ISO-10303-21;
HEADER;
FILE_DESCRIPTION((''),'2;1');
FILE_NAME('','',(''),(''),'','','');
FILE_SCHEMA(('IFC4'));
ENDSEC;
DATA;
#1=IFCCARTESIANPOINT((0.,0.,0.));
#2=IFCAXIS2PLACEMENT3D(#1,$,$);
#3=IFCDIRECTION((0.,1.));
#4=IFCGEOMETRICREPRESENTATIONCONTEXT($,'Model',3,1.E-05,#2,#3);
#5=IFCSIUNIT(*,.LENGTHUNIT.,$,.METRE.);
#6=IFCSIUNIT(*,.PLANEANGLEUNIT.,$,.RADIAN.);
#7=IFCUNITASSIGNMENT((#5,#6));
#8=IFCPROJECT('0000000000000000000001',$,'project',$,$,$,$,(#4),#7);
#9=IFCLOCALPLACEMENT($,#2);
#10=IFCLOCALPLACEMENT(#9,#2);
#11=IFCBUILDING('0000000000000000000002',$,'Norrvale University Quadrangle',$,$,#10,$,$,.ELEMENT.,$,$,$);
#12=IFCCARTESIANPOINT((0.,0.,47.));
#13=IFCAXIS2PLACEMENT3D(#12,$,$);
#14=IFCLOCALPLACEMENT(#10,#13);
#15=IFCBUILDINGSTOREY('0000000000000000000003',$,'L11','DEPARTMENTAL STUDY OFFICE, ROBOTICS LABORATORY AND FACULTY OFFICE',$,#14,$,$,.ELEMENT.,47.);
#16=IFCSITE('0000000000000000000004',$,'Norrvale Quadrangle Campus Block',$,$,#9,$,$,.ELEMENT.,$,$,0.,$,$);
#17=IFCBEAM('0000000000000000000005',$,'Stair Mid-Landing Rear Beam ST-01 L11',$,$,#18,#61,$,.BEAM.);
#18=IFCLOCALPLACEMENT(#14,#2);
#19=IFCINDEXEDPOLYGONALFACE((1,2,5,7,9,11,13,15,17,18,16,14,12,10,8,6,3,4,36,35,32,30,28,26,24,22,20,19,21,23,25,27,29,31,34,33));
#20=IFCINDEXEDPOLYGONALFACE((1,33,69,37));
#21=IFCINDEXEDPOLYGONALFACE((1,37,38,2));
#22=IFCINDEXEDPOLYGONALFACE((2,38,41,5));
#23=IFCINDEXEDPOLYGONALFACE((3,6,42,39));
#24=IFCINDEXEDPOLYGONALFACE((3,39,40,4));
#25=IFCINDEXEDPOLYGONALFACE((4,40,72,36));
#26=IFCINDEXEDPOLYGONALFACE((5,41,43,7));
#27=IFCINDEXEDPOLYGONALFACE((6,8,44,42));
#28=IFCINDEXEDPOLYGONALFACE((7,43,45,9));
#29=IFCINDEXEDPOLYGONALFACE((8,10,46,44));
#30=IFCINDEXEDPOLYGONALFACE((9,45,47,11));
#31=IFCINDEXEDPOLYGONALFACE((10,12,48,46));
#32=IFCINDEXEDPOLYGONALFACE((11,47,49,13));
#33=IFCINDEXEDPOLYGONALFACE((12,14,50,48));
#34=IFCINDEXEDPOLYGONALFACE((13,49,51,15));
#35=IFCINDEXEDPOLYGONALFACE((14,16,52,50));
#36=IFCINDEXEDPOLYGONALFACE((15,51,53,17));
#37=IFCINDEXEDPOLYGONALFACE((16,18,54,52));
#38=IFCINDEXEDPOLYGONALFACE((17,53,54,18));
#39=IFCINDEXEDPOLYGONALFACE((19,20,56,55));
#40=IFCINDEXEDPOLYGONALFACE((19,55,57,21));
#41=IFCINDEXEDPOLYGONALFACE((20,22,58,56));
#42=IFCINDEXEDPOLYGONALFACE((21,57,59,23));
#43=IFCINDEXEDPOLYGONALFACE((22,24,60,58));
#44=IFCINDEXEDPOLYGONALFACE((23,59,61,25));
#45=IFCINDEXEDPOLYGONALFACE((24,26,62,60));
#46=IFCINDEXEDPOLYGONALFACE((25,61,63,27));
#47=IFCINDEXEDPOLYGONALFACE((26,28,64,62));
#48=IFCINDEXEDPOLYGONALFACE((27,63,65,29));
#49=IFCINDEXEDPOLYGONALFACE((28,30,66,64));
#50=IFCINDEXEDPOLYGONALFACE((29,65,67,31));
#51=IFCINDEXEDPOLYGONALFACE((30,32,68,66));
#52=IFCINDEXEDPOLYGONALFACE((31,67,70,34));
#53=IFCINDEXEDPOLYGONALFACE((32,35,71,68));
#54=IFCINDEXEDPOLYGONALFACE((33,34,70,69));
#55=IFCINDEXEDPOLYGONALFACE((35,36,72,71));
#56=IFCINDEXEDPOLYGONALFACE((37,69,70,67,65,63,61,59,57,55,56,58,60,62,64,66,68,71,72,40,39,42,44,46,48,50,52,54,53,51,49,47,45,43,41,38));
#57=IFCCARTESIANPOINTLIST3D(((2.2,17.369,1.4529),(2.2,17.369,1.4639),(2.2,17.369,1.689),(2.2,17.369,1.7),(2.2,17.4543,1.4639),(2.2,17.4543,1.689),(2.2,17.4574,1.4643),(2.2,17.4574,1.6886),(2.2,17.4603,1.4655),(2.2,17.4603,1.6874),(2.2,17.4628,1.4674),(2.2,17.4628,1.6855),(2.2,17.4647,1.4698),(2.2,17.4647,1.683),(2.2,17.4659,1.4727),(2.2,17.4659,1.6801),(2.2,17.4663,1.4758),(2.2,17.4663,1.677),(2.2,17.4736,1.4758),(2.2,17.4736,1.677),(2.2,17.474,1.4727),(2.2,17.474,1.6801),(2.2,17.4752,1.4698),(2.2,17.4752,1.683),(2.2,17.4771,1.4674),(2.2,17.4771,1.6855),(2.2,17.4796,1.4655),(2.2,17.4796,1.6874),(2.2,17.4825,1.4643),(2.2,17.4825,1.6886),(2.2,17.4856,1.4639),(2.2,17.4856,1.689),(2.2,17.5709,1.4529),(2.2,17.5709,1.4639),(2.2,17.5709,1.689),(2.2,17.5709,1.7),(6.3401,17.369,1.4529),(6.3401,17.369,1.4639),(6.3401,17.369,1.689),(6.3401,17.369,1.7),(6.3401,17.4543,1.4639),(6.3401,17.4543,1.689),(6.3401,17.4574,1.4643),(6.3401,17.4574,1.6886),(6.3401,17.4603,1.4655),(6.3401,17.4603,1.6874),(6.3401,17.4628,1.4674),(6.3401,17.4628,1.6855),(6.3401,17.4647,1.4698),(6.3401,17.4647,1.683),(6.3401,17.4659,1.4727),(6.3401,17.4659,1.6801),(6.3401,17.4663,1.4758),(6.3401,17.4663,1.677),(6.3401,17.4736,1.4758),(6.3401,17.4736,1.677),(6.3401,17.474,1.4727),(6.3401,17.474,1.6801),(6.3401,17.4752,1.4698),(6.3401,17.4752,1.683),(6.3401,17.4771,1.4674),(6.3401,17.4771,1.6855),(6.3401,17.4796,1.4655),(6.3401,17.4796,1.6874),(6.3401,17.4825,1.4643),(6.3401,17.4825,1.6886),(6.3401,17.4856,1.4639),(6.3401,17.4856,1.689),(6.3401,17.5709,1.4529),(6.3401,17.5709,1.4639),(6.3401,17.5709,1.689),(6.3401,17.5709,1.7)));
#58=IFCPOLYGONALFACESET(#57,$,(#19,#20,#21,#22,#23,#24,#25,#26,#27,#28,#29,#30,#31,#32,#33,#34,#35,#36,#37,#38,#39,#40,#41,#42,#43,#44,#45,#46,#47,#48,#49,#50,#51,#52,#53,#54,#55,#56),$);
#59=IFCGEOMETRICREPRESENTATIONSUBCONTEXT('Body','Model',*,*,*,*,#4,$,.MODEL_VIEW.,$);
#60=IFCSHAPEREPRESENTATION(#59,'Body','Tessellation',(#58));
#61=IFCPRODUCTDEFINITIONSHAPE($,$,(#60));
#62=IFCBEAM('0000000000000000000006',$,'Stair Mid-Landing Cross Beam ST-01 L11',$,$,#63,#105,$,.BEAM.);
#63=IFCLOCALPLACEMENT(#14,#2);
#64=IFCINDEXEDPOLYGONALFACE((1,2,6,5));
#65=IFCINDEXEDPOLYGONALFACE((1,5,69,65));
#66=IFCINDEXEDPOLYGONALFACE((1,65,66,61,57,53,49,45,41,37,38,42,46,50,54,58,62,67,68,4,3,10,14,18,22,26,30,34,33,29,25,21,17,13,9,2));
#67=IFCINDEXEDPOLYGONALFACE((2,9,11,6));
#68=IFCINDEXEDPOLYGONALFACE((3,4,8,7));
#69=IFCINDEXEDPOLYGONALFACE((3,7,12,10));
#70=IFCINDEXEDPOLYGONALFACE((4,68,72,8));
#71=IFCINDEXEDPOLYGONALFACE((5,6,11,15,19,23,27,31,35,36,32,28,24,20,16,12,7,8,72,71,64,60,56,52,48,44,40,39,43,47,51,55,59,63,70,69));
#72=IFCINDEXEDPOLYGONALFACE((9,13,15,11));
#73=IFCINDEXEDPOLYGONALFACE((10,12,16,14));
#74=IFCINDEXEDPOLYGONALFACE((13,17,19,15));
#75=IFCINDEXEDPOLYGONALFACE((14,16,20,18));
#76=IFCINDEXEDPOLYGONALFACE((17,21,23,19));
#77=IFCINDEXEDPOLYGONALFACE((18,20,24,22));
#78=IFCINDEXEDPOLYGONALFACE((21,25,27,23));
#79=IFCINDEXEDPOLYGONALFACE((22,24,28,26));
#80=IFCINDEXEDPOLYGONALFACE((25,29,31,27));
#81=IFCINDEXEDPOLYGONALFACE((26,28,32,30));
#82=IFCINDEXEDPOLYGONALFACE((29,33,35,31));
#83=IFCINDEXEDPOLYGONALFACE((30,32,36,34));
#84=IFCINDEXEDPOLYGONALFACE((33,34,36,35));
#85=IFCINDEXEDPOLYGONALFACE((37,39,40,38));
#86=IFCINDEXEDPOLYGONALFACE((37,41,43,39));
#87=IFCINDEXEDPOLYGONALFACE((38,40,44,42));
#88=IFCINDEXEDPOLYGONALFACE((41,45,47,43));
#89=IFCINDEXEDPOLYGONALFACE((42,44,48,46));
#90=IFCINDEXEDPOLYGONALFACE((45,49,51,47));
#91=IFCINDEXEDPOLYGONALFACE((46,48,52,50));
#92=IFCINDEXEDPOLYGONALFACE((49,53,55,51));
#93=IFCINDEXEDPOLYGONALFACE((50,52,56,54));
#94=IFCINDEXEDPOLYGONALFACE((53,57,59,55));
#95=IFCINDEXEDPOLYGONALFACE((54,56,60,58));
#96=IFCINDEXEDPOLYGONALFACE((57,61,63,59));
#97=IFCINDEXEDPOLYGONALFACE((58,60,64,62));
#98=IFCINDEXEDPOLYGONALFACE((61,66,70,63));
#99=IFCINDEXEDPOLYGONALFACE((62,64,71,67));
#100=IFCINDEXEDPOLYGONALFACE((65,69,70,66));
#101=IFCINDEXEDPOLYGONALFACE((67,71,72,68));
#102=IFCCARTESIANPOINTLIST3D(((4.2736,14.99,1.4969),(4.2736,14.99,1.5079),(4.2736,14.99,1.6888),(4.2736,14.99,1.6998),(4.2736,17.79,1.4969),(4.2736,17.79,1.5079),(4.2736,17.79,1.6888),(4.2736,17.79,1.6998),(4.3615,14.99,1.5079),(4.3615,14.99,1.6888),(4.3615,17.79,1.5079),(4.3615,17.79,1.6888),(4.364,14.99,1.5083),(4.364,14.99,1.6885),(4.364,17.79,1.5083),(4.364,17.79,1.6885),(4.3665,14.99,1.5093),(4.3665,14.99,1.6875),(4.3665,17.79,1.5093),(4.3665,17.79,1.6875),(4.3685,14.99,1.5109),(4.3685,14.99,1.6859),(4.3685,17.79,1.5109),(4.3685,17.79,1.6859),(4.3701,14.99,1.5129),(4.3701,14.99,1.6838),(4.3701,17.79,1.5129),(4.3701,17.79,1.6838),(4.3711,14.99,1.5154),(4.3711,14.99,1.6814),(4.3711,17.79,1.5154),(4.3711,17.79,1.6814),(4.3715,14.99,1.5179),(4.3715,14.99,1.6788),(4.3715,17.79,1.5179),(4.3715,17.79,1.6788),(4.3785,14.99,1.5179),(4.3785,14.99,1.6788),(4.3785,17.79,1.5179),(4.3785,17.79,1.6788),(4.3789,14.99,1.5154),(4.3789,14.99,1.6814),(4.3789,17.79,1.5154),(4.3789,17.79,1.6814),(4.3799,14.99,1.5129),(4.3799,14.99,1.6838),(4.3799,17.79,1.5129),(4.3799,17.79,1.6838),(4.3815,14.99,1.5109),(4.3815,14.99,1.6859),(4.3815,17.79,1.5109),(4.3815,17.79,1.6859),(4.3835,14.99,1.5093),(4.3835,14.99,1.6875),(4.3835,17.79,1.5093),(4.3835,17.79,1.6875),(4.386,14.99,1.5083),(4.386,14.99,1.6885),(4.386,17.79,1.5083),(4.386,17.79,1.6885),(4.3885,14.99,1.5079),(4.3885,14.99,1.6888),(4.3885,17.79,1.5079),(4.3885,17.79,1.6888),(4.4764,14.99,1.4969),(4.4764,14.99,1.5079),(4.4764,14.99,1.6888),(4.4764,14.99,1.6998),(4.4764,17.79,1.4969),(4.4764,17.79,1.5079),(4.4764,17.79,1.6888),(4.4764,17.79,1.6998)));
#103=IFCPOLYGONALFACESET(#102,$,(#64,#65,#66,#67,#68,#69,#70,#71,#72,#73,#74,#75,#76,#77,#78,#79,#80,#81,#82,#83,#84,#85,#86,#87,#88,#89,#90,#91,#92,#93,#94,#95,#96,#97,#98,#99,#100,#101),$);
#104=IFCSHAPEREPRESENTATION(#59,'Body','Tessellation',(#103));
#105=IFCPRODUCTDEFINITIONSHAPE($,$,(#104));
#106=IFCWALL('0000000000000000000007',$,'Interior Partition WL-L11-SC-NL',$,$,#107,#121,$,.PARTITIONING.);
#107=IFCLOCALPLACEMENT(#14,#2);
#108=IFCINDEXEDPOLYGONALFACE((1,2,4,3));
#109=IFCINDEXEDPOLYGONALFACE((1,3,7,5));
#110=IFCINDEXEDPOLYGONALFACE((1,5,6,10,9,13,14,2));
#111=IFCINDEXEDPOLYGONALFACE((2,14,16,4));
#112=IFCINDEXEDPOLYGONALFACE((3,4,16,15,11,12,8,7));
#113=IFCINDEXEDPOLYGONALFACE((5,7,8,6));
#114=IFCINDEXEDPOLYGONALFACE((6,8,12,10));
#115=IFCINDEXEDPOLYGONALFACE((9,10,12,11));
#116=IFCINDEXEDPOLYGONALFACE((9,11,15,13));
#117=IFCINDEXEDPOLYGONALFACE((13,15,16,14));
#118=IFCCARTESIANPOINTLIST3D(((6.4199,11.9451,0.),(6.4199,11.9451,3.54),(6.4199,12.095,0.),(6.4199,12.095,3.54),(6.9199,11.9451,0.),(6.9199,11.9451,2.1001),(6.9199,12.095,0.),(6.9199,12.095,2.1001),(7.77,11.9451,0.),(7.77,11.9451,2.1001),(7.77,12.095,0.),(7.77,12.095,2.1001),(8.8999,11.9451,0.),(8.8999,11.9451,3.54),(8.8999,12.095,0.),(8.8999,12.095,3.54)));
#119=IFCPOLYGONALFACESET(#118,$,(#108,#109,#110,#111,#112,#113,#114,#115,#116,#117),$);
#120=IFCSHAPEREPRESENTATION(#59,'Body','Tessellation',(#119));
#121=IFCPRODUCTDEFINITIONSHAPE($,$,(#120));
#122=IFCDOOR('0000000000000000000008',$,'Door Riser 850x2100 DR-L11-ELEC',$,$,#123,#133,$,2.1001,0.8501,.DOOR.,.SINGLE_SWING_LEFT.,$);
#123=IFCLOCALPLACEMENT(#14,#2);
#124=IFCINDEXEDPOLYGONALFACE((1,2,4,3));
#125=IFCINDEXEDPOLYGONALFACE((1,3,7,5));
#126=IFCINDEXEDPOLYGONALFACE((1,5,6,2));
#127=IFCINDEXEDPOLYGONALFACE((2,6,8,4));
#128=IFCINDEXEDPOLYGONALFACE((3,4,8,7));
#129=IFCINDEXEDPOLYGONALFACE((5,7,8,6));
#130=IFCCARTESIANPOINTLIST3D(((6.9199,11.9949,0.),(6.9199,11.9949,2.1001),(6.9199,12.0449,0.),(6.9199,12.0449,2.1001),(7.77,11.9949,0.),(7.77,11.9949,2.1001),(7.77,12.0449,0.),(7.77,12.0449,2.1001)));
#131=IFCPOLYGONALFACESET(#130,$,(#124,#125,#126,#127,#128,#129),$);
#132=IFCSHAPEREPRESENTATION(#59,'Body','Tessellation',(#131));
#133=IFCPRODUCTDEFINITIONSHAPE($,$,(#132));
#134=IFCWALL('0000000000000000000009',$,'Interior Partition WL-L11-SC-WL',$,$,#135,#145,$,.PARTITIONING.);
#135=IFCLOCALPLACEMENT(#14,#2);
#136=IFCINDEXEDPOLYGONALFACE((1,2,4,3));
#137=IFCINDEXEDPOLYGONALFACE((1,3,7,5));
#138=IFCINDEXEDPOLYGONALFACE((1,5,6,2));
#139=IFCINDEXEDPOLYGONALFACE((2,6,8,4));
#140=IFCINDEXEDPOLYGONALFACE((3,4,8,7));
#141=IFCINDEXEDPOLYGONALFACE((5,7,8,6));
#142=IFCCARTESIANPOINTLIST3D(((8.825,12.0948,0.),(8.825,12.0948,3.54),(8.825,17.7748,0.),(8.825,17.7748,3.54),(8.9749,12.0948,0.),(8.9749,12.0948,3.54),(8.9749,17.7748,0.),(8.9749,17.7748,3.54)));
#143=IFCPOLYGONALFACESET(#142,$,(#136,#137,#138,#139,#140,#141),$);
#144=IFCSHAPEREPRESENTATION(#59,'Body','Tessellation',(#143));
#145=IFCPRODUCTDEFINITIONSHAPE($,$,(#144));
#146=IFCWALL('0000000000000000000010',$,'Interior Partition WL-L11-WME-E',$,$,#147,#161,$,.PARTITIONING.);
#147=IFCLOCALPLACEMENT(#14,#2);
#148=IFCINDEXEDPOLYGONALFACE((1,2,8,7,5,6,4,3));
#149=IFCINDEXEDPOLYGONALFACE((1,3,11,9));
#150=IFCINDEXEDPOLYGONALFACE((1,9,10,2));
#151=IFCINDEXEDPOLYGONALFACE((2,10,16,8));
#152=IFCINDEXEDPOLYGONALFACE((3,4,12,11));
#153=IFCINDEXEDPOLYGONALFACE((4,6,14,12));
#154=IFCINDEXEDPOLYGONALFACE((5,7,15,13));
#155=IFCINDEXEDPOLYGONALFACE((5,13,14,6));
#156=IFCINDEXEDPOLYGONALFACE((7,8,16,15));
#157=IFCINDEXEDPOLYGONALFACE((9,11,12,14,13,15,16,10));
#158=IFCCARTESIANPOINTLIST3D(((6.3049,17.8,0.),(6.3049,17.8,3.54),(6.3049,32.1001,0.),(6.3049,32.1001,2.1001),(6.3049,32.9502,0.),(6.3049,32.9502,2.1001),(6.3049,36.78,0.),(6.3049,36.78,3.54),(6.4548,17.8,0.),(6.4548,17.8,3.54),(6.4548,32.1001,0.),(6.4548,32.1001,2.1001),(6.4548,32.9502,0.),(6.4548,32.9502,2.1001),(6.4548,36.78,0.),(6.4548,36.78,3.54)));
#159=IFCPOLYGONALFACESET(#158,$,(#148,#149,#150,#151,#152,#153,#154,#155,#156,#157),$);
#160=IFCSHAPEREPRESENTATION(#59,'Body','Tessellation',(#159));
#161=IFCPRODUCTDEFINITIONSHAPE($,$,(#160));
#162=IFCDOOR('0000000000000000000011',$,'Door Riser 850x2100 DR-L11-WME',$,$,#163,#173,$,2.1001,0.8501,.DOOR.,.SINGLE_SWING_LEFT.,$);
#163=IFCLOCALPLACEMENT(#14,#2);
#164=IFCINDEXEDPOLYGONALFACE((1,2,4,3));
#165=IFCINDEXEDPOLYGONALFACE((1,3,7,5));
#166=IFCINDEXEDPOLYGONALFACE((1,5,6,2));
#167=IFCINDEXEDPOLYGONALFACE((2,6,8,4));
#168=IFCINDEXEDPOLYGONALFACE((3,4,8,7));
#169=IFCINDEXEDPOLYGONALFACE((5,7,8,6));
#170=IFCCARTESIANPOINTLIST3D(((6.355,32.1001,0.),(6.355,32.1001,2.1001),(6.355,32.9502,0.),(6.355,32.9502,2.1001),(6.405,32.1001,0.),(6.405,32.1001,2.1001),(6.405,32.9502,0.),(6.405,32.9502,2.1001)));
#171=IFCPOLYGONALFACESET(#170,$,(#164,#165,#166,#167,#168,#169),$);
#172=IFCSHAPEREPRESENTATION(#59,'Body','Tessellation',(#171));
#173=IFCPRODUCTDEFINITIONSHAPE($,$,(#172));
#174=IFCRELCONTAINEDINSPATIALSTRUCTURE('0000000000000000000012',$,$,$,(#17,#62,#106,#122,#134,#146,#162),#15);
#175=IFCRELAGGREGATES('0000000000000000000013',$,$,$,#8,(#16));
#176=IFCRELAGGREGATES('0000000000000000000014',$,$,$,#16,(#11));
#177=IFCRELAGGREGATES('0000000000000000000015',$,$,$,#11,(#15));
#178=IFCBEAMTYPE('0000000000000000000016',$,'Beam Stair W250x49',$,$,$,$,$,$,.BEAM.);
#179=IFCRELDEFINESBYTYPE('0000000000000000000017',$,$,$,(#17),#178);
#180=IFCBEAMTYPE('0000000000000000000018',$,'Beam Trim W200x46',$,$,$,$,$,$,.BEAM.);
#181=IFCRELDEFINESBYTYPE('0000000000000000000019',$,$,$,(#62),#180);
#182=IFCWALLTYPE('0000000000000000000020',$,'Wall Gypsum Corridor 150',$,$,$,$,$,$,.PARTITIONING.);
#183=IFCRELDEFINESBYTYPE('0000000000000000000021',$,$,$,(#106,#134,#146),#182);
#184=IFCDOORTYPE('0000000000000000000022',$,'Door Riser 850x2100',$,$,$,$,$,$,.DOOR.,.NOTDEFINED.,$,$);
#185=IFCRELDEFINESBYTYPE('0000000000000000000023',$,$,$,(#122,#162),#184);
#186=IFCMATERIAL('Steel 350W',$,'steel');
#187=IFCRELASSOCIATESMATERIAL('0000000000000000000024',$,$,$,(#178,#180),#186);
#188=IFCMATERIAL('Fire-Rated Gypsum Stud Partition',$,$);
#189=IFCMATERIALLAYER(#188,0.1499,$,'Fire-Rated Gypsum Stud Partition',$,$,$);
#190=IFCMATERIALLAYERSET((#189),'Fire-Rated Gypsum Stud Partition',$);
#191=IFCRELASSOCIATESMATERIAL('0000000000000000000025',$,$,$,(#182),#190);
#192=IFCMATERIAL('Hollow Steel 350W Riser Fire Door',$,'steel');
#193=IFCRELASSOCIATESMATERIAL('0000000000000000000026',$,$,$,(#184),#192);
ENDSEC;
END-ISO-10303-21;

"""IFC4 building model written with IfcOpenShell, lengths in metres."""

from ifc_helpers import new_model, si_unit, direction, frame, frame_2d, origin, origin_2d, place, context, subcontext, project, spatial, rectangle, i_section, extrude, material, layer, layer_set, material_profile, profile_set, type_object, element, fill, save


model = new_model("IFC4")

# Units and contexts
model_context = context("Model", 3, precision=1e-05, world=origin(), true_north=direction((0.0, 1.0)))
body_context = subcontext(model_context, "Body", "Model", "MODEL_VIEW")
ifc_project = project(units=[si_unit("LENGTHUNIT", "METRE"), si_unit("PLANEANGLEUNIT", "RADIAN")], contexts=[model_context])

# Site, building, storey
site_placement = place(None, origin())
site = spatial("IfcSite", under=ifc_project, at=site_placement, Name="Norrvale Quadrangle Campus Block", CompositionType="ELEMENT", RefElevation=0.0)
building_placement = place(site_placement, origin())
building = spatial("IfcBuilding", under=site, at=building_placement, Name="Norrvale University Quadrangle", CompositionType="ELEMENT")
storey_placement = place(building_placement, frame((0.0, 0.0, 47.0)))
storey = spatial("IfcBuildingStorey", under=building, at=storey_placement, Name="L11", Description="DEPARTMENTAL STUDY OFFICE, ROBOTICS LABORATORY AND FACULTY OFFICE", CompositionType="ELEMENT", Elevation=47.0)

# Beams
ifc_material_1 = material(Name="Steel 350W", Category="steel")
ifc_material_profile_1 = material_profile(ifc_material_1, i_section(OverallWidth=0.2019, OverallDepth=0.2471, WebThickness=0.0073, FlangeThickness=0.011, FilletRadius=0.012, at=origin_2d()), Name="Steel 350W")
ifc_profile_set_1 = profile_set([ifc_material_profile_1], Name="Steel 350W")
beam_type_1 = type_object("IfcBeamType", Name="Beam Stair W250x49", PredefinedType="BEAM", material=ifc_profile_set_1)
for number, where, z_axis, x_axis, name in (
    (1, (2.2, 17.47, 1.5764), (1.0, 0.0, 0.0), (0.0, 1.0, 0.0), "Stair Mid-Landing Rear Beam ST-01 L11"),
):
    element("IfcBeam", number, at=place(storey_placement, frame(where, z_axis=z_axis, x_axis=x_axis)), inside=storey, type_object=beam_type_1, Name=name, PredefinedType="BEAM", context=body_context, shape_type="SweptSolid", body=[
        extrude(i_section(OverallWidth=0.2019, OverallDepth=0.2471, WebThickness=0.0073, FlangeThickness=0.011, FilletRadius=0.012, at=origin_2d()), origin(), (0.0, 0.0, 1.0), 4.1401),
    ])
ifc_material_profile_2 = material_profile(ifc_material_1, i_section(OverallWidth=0.2029, OverallDepth=0.2029, WebThickness=0.0071, FlangeThickness=0.011, FilletRadius=0.01, at=origin_2d()), Name="Steel 350W")
ifc_profile_set_2 = profile_set([ifc_material_profile_2], Name="Steel 350W")
beam_type_2 = type_object("IfcBeamType", Name="Beam Trim W200x46", PredefinedType="BEAM", material=ifc_profile_set_2)
beam_1_placement = place(storey_placement, frame((4.375, 14.99, 1.5984), z_axis=(0.0, 1.0, 0.0), x_axis=(-1.0, 0.0, 0.0)))
element("IfcBeam", 2, at=beam_1_placement, inside=storey, type_object=beam_type_2, Name="Stair Mid-Landing Cross Beam ST-01 L11", PredefinedType="BEAM", context=body_context, shape_type="SweptSolid", body=[
    extrude(i_section(OverallWidth=0.2029, OverallDepth=0.2029, WebThickness=0.0071, FlangeThickness=0.011, FilletRadius=0.01, at=origin_2d()), origin(), (0.0, 0.0, 1.0), 2.8),
])

# Wall, opening, door
ifc_material_2 = material(Name="Fire-Rated Gypsum Stud Partition")
ifc_layer_1 = layer(ifc_material_2, 0.1499, Name="Fire-Rated Gypsum Stud Partition")
ifc_layer_set_1 = layer_set([ifc_layer_1], Name="Fire-Rated Gypsum Stud Partition")
wall_type_1 = type_object("IfcWallType", Name="Wall Gypsum Corridor 150", PredefinedType="PARTITIONING", material=ifc_layer_set_1)
wall_1_placement = place(storey_placement, frame((6.4199, 12.02, 0.0), z_axis=(0.0, 0.0, 1.0), x_axis=(1.0, 0.0, 0.0)))
wall_1 = element("IfcWall", 3, at=wall_1_placement, inside=storey, type_object=wall_type_1, Name="Interior Partition WL-L11-SC-NL", PredefinedType="PARTITIONING", context=body_context, shape_type="SweptSolid", body=[
    extrude(rectangle(XDim=2.48, YDim=0.1499, at=frame_2d((1.24, 0.0))), origin(), (0.0, 0.0, 1.0), 3.54),
])
opening_1_placement = place(wall_1_placement, frame((0.5, 0.0, 0.0)))
opening_1 = element("IfcOpeningElement", 4, at=opening_1_placement, cuts=wall_1, PredefinedType="OPENING", context=body_context, shape_type="SweptSolid", body=[
    extrude(rectangle(XDim=0.8501, YDim=2.1001, at=frame_2d((0.425, 1.05))), frame((0.0, 0.0869, 0.0), z_axis=(0.0, -1.0, 0.0), x_axis=(1.0, 0.0, 0.0)), (0.0, 0.0, 1.0), 0.1738),
])
ifc_material_3 = material(Name="Hollow Steel 350W Riser Fire Door", Category="steel")
door_type = type_object("IfcDoorType", Name="Door Riser 850x2100", OperationType="NOTDEFINED", PredefinedType="DOOR", material=ifc_material_3)
door_1_placement = place(opening_1_placement, origin())
door_1 = element("IfcDoor", 5, at=door_1_placement, inside=storey, type_object=door_type, Name="Door Riser 850x2100 DR-L11-ELEC", OperationType="SINGLE_SWING_LEFT", OverallHeight=2.1001, OverallWidth=0.8501, PredefinedType="DOOR", context=body_context, shape_type="SweptSolid", body=[
    extrude(rectangle(XDim=0.8501, YDim=2.1001, at=frame_2d((0.425, 1.05))), frame((0.0, 0.0249, 0.0), z_axis=(0.0, -1.0, 0.0), x_axis=(1.0, 0.0, 0.0)), (0.0, 0.0, 1.0), 0.05),
])
fill(opening_1, door_1)

# Wall
wall_2_placement = place(storey_placement, frame((8.8999, 12.095, 0.0), z_axis=(0.0, 0.0, 1.0), x_axis=(0.0, 1.0, 0.0)))
element("IfcWall", 6, at=wall_2_placement, inside=storey, type_object=wall_type_1, Name="Interior Partition WL-L11-SC-WL", PredefinedType="PARTITIONING", context=body_context, shape_type="SweptSolid", body=[
    extrude(rectangle(XDim=5.6799, YDim=0.1499, at=frame_2d((2.8398, 0.0))), origin(), (0.0, 0.0, 1.0), 3.54),
])

# Wall, opening, door
wall_3_placement = place(storey_placement, frame((6.3799, 17.8, 0.0), z_axis=(0.0, 0.0, 1.0), x_axis=(0.0, 1.0, 0.0)))
wall_3 = element("IfcWall", 7, at=wall_3_placement, inside=storey, type_object=wall_type_1, Name="Interior Partition WL-L11-WME-E", PredefinedType="PARTITIONING", context=body_context, shape_type="SweptSolid", body=[
    extrude(rectangle(XDim=18.98, YDim=0.1499, at=frame_2d((9.49, 0.0))), origin(), (0.0, 0.0, 1.0), 3.54),
])
opening_2_placement = place(wall_3_placement, frame((14.3, 0.0, 0.0)))
opening_2 = element("IfcOpeningElement", 8, at=opening_2_placement, cuts=wall_3, PredefinedType="OPENING", context=body_context, shape_type="SweptSolid", body=[
    extrude(rectangle(XDim=0.8501, YDim=2.1001, at=frame_2d((0.425, 1.05))), frame((0.0, 0.0869, 0.0), z_axis=(0.0, -1.0, 0.0), x_axis=(1.0, 0.0, 0.0)), (0.0, 0.0, 1.0), 0.1738),
])
door_2_placement = place(opening_2_placement, origin())
door_2 = element("IfcDoor", 9, at=door_2_placement, inside=storey, type_object=door_type, Name="Door Riser 850x2100 DR-L11-WME", OperationType="SINGLE_SWING_LEFT", OverallHeight=2.1001, OverallWidth=0.8501, PredefinedType="DOOR", context=body_context, shape_type="SweptSolid", body=[
    extrude(rectangle(XDim=0.8501, YDim=2.1001, at=frame_2d((0.425, 1.05))), frame((0.0, 0.0249, 0.0), z_axis=(0.0, -1.0, 0.0), x_axis=(1.0, 0.0, 0.0)), (0.0, 0.0, 1.0), 0.05),
])
fill(opening_2, door_2)

save(model, "model.ifc")
